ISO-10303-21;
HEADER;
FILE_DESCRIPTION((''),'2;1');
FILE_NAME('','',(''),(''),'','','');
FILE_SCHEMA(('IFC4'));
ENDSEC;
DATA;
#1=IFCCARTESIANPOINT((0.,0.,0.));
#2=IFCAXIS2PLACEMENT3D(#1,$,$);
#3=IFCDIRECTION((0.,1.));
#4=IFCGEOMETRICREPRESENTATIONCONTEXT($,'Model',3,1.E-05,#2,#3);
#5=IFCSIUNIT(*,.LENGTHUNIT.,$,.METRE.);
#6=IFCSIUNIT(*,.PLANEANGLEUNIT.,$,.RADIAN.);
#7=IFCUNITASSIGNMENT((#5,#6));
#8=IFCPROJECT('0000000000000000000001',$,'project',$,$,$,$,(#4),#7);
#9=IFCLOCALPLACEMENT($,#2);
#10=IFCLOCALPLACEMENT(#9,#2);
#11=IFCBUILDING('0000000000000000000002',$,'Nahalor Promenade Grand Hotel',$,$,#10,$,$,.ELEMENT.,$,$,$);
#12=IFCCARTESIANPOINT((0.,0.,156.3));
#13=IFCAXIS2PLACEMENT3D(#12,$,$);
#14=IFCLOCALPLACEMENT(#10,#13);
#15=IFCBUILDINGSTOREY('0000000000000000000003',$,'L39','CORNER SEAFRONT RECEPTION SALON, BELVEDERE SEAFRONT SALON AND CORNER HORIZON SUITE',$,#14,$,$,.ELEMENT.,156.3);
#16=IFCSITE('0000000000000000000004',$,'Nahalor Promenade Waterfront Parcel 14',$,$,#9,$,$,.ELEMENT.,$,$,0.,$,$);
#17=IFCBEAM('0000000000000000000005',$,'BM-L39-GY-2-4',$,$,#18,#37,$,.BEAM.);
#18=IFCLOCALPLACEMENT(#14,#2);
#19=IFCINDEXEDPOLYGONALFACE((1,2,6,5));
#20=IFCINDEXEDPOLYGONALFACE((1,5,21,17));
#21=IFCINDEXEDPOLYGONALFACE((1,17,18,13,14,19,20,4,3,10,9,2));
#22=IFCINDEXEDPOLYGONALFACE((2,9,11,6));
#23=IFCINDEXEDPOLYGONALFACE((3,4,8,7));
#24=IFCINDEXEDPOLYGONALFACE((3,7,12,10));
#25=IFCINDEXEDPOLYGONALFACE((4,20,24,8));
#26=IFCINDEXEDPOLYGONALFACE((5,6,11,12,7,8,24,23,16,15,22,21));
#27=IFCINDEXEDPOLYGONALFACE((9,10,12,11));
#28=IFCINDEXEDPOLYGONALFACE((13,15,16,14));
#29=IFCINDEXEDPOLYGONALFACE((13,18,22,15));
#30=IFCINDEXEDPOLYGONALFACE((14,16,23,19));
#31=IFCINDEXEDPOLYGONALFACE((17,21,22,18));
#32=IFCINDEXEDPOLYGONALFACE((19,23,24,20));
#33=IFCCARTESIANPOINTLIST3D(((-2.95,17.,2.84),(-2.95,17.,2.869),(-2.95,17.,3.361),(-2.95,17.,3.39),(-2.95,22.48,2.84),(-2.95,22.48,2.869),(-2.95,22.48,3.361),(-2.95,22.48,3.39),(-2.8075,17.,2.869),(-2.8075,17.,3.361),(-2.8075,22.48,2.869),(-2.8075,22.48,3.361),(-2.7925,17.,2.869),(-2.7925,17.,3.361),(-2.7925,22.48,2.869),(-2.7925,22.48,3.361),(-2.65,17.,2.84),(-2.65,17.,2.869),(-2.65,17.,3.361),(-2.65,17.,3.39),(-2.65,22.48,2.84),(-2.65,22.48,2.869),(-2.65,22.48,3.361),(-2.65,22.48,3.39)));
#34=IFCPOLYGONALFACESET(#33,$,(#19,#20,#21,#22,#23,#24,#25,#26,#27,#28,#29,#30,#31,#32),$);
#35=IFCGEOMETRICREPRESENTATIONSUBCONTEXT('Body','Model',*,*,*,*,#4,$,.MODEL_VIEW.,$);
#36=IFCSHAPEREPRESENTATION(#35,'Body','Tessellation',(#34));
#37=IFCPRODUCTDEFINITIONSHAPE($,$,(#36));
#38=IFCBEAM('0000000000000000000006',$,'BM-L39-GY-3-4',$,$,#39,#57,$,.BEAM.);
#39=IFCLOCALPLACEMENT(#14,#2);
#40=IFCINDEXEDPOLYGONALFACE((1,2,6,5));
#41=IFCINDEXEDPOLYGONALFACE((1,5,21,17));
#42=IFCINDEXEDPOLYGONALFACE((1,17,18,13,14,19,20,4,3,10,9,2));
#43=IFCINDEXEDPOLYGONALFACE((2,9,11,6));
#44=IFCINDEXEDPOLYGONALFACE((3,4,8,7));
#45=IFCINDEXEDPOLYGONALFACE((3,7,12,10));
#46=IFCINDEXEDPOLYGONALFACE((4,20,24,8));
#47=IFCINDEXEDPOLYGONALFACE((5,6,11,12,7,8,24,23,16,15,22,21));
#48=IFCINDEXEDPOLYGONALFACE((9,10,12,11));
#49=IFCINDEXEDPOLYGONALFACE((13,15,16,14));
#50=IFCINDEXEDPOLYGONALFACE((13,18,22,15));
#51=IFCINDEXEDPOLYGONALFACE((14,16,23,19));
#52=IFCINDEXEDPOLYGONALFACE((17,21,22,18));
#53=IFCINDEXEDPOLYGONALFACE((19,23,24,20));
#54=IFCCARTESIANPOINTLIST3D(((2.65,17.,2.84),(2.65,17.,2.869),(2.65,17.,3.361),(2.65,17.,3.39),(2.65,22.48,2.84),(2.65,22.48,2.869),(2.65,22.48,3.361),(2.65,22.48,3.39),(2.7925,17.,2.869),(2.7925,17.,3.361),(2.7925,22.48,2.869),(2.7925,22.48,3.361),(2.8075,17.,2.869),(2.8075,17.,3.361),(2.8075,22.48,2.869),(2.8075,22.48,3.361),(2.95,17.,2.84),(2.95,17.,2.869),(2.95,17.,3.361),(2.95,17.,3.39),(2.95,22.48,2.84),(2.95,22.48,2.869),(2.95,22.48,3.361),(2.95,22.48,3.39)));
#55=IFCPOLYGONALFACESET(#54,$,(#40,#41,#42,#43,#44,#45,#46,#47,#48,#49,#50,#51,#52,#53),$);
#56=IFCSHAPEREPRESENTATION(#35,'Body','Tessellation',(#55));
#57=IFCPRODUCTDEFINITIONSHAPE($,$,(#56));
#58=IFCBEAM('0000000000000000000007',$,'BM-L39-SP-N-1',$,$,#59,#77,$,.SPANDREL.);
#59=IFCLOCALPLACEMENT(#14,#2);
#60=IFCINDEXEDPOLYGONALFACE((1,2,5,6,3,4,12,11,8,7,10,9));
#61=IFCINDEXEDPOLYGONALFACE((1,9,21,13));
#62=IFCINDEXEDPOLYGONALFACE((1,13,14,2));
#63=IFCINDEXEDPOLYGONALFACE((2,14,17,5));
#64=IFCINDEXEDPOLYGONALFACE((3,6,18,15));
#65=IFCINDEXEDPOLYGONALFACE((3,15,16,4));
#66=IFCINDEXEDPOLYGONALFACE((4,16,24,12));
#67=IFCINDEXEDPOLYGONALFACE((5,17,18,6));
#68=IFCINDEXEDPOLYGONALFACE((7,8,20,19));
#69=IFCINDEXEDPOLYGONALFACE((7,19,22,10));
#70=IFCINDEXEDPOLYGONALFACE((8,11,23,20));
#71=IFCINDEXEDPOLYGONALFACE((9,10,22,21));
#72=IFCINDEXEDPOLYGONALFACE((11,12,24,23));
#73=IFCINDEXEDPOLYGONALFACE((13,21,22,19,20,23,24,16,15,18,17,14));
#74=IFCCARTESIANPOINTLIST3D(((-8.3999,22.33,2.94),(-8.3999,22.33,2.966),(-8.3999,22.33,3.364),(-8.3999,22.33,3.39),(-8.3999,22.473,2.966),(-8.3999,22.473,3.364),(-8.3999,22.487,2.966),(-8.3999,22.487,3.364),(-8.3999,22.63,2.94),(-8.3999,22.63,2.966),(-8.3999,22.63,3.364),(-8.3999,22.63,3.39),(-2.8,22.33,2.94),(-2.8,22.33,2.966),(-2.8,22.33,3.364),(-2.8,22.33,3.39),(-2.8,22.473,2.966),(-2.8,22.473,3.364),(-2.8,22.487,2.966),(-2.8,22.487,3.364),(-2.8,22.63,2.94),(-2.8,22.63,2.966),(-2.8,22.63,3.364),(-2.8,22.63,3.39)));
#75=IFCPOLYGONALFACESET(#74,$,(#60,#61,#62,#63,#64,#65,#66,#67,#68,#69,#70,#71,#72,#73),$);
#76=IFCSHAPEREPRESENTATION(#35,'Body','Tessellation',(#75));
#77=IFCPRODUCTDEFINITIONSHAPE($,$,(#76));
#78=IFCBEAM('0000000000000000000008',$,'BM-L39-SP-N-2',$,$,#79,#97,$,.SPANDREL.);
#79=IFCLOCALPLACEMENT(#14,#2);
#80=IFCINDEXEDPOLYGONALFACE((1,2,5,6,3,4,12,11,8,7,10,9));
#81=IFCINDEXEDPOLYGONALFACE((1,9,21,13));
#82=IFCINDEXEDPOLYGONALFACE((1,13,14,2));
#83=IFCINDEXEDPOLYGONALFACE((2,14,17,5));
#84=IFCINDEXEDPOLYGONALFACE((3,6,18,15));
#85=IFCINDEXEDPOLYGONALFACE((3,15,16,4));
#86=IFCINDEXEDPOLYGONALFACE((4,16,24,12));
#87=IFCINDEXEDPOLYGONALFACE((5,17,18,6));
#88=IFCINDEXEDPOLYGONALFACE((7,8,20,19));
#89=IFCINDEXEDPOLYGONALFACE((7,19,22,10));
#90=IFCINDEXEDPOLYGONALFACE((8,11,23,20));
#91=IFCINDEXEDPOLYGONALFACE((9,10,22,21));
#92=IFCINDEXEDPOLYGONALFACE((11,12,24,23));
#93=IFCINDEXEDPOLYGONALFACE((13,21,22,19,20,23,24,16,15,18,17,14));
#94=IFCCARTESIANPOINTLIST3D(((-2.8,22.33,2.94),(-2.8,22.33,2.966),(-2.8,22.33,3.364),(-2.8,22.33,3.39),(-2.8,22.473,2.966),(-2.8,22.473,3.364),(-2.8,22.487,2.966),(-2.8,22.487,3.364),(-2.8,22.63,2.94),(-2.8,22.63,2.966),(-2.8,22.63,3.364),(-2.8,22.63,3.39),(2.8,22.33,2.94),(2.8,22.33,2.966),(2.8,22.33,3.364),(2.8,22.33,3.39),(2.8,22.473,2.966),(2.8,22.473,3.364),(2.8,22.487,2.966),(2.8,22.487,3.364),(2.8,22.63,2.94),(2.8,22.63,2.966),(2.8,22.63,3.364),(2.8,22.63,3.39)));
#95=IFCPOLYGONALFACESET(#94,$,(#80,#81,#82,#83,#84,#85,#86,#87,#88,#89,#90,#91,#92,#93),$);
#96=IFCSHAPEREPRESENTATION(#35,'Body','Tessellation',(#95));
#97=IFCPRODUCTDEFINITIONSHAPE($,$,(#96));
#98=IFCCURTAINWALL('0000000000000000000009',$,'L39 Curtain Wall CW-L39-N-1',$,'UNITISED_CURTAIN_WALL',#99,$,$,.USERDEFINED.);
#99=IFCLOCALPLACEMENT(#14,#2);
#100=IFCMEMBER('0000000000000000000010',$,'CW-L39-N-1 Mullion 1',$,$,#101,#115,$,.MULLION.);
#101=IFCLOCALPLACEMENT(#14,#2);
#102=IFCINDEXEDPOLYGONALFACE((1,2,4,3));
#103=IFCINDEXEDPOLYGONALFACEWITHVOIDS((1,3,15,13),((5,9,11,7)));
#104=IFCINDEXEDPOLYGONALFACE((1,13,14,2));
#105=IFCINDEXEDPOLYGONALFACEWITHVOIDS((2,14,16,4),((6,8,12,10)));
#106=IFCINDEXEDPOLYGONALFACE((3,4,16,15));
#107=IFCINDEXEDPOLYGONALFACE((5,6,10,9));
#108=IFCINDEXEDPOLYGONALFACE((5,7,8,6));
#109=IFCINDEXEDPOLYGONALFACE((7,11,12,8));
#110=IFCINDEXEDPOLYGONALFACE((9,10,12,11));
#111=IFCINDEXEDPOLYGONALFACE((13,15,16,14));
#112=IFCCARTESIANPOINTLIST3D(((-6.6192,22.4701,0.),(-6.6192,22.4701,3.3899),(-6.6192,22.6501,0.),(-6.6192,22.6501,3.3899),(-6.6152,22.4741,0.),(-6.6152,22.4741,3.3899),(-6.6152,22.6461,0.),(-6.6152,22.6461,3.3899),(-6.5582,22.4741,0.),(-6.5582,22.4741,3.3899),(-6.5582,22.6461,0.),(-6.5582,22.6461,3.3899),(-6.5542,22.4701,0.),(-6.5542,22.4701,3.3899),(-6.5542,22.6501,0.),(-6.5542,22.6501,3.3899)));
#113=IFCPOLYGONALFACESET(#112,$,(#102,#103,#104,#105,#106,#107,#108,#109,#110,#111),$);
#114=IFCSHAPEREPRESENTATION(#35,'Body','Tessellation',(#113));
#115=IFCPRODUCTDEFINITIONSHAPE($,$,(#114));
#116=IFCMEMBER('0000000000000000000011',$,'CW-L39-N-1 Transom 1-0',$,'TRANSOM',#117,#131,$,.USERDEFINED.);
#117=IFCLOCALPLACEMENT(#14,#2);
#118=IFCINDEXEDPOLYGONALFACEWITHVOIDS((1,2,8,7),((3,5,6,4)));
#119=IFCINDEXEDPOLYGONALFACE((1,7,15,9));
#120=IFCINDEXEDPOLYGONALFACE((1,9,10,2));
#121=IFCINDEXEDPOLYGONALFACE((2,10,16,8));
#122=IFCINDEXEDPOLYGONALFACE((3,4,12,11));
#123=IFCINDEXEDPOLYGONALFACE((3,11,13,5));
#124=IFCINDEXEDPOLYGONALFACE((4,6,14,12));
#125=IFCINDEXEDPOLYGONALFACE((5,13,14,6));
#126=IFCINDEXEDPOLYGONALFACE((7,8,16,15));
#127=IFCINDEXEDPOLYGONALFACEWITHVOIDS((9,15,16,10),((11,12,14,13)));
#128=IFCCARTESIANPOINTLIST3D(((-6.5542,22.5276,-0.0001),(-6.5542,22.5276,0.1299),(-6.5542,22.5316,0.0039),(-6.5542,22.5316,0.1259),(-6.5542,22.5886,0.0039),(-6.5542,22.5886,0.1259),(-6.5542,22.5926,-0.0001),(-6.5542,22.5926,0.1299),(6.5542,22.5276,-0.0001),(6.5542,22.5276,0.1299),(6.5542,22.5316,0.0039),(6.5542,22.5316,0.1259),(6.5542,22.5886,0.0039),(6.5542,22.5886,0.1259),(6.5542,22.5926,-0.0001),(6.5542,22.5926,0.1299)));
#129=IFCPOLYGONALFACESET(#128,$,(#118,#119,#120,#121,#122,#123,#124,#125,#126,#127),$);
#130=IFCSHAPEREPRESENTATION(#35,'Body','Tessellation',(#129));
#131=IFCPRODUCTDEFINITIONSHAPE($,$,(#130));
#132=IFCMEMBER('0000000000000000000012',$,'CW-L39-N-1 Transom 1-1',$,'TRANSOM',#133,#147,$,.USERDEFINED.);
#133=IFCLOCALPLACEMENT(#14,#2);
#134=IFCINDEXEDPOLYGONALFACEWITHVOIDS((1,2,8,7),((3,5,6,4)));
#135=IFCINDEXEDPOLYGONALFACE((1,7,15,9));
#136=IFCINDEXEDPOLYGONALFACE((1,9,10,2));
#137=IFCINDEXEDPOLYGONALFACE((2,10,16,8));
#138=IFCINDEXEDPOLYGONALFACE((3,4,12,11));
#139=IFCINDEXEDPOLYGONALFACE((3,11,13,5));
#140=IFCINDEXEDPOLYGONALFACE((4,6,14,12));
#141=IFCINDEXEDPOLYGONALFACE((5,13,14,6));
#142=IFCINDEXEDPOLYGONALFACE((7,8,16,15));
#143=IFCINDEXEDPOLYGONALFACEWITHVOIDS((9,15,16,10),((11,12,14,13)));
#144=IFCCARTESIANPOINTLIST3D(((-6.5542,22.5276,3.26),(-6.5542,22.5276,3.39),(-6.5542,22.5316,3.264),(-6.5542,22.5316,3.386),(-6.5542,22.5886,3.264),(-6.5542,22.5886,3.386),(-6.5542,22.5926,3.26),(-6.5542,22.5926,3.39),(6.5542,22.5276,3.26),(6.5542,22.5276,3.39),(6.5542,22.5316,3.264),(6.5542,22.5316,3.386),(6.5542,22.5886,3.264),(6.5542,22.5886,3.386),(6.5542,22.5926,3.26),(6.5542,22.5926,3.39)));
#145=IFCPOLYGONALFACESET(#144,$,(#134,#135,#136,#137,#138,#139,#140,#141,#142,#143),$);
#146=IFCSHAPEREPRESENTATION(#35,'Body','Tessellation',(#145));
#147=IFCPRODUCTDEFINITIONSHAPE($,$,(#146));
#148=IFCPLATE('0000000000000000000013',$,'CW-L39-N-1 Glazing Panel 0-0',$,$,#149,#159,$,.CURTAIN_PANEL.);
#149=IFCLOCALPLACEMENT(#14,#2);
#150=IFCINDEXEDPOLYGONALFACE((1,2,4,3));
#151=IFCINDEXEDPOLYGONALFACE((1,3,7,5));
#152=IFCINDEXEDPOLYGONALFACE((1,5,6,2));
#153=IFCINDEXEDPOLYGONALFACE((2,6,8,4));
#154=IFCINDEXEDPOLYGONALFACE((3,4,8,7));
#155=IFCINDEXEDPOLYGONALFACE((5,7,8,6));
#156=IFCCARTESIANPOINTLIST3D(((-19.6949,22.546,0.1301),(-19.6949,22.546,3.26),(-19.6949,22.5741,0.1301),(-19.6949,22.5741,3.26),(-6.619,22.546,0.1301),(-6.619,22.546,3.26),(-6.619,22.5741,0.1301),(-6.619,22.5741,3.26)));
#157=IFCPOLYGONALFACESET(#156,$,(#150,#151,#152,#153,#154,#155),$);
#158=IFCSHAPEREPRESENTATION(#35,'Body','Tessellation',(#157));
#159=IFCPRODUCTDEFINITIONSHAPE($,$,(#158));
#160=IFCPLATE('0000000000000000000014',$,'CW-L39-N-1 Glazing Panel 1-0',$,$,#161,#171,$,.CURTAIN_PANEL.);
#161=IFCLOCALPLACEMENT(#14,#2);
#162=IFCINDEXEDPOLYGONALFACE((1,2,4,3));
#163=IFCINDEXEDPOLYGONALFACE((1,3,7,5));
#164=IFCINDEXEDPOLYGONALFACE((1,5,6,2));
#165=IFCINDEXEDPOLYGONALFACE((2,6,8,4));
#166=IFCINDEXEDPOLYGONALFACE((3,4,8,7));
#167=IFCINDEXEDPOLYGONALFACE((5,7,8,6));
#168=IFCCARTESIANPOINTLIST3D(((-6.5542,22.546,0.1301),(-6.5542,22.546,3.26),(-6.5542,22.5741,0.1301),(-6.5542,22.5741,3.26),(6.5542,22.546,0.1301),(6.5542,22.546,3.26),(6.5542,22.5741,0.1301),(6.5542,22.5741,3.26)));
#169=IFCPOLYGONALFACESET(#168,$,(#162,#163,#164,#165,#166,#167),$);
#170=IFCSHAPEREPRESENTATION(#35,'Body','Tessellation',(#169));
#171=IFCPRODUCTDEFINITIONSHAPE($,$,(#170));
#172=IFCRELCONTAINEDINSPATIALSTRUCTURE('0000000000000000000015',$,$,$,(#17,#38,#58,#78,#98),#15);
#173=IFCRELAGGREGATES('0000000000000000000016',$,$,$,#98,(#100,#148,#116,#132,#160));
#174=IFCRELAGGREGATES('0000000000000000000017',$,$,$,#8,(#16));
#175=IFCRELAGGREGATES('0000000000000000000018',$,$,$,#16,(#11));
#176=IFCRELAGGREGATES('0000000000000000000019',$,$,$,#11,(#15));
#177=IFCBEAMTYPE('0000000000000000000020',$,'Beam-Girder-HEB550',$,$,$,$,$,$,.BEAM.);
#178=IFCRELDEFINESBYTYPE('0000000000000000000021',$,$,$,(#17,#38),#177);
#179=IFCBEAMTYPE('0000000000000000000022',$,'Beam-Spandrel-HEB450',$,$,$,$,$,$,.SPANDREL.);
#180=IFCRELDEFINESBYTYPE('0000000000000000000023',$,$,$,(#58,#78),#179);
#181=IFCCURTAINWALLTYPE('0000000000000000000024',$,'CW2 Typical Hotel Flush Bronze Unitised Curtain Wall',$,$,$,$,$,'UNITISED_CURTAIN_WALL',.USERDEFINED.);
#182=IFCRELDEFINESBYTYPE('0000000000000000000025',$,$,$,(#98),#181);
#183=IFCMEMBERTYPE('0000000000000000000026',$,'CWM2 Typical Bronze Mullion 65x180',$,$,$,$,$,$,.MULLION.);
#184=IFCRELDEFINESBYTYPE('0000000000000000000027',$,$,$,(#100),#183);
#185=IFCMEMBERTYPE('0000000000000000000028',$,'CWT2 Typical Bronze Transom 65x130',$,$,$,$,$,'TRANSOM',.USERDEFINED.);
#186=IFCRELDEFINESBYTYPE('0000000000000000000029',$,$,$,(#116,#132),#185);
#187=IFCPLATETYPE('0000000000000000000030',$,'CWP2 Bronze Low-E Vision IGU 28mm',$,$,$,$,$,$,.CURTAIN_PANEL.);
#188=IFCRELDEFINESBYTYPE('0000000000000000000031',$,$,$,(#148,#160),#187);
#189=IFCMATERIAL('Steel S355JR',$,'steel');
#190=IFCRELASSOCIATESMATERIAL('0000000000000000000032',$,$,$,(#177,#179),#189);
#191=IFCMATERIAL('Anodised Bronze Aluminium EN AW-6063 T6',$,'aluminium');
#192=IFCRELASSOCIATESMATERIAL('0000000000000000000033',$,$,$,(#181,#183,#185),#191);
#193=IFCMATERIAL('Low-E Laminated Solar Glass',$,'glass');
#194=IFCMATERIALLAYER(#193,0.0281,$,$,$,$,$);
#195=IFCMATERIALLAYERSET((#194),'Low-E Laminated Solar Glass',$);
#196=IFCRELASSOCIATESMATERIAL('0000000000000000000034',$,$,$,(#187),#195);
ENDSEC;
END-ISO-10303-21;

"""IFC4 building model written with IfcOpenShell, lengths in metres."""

from ifc_helpers import new_model, si_unit, direction, frame, origin, origin_2d, place, context, subcontext, project, spatial, rectangle, hollow_rectangle, i_section, extrude, source, transform, mapped, material, layer, layer_set, material_profile, profile_set, type_object, element, aggregate, save


model = new_model("IFC4")

# Units and contexts
model_context = context("Model", 3, precision=1e-05, world=origin(), true_north=direction((0.0, 1.0)))
body_context = subcontext(model_context, "Body", "Model", "MODEL_VIEW")
ifc_project = project(units=[si_unit("LENGTHUNIT", "METRE"), si_unit("PLANEANGLEUNIT", "RADIAN")], contexts=[model_context])

# Site, building, storey
site_placement = place(None, origin())
site = spatial("IfcSite", under=ifc_project, at=site_placement, Name="Nahalor Promenade Waterfront Parcel 14", CompositionType="ELEMENT", RefElevation=0.0)
building_placement = place(site_placement, origin())
building = spatial("IfcBuilding", under=site, at=building_placement, Name="Nahalor Promenade Grand Hotel", CompositionType="ELEMENT")
storey_placement = place(building_placement, frame((0.0, 0.0, 156.3)))
storey = spatial("IfcBuildingStorey", under=building, at=storey_placement, Name="L39", Description="CORNER SEAFRONT RECEPTION SALON, BELVEDERE SEAFRONT SALON AND CORNER HORIZON SUITE", CompositionType="ELEMENT", Elevation=156.3)

# Beams
ifc_material_1 = material(Name="Steel S355JR", Category="steel")
ifc_material_profile_1 = material_profile(ifc_material_1, i_section(OverallWidth=0.3, OverallDepth=0.55, WebThickness=0.015, FlangeThickness=0.029, at=origin_2d()), Name="HEB 550")
ifc_profile_set_1 = profile_set([ifc_material_profile_1], Name="Steel S355JR")
beam_type_1 = type_object("IfcBeamType", Name="Beam-Girder-HEB550", PredefinedType="BEAM", material=ifc_profile_set_1)
shared_shape_1 = source(origin(), body_context, "Body", "SweptSolid", [
    extrude(i_section(OverallWidth=0.3, OverallDepth=0.55, WebThickness=0.015, FlangeThickness=0.029, at=origin_2d()), origin(), (0.0, 0.0, 1.0), 5.48),
])
for number, where, z_axis, x_axis, name in (
    (1, (-2.8, 17.0, 3.115), (0.0, 1.0, 0.0), (-1.0, 0.0, 0.0), "BM-L39-GY-2-4"),
    (2, (2.8, 17.0, 3.115), (0.0, 1.0, 0.0), (-1.0, 0.0, 0.0), "BM-L39-GY-3-4"),
):
    element("IfcBeam", number, at=place(storey_placement, frame(where, z_axis=z_axis, x_axis=x_axis)), inside=storey, type_object=beam_type_1, Name=name, PredefinedType="BEAM", context=body_context, shape_type="MappedRepresentation", body=[
        mapped(shared_shape_1, transform((0.0, 0.0, 0.0), scale=1.0)),
    ])
ifc_material_profile_2 = material_profile(ifc_material_1, i_section(OverallWidth=0.3, OverallDepth=0.45, WebThickness=0.014, FlangeThickness=0.026, at=origin_2d()), Name="HEB 450")
ifc_profile_set_2 = profile_set([ifc_material_profile_2], Name="Steel S355JR")
beam_type_2 = type_object("IfcBeamType", Name="Beam-Spandrel-HEB450", PredefinedType="SPANDREL", material=ifc_profile_set_2)
shared_shape_2 = source(origin(), body_context, "Body", "SweptSolid", [
    extrude(i_section(OverallWidth=0.3, OverallDepth=0.45, WebThickness=0.014, FlangeThickness=0.026, at=origin_2d()), origin(), (0.0, 0.0, 1.0), 5.5999),
])
beam_1_placement = place(storey_placement, frame((-8.3999, 22.48, 3.165), z_axis=(1.0, 0.0, 0.0), x_axis=(0.0, 1.0, 0.0)))
element("IfcBeam", 3, at=beam_1_placement, inside=storey, type_object=beam_type_2, Name="BM-L39-SP-N-1", PredefinedType="SPANDREL", context=body_context, shape_type="MappedRepresentation", body=[
    mapped(shared_shape_2, transform((0.0, 0.0, 0.0), scale=1.0)),
])
shared_shape_3 = source(origin(), body_context, "Body", "SweptSolid", [
    extrude(i_section(OverallWidth=0.3, OverallDepth=0.45, WebThickness=0.014, FlangeThickness=0.026, at=origin_2d()), origin(), (0.0, 0.0, 1.0), 5.6001),
])
beam_2_placement = place(storey_placement, frame((-2.8, 22.48, 3.165), z_axis=(1.0, 0.0, 0.0), x_axis=(0.0, 1.0, 0.0)))
element("IfcBeam", 4, at=beam_2_placement, inside=storey, type_object=beam_type_2, Name="BM-L39-SP-N-2", PredefinedType="SPANDREL", context=body_context, shape_type="MappedRepresentation", body=[
    mapped(shared_shape_3, transform((0.0, 0.0, 0.0), scale=1.0)),
])

# Curtain wall, members, plates
ifc_material_2 = material(Name="Anodised Bronze Aluminium EN AW-6063 T6", Category="aluminium")
curtain_wall_type = type_object("IfcCurtainWallType", Name="CW2 Typical Hotel Flush Bronze Unitised Curtain Wall", ElementType="UNITISED_CURTAIN_WALL", PredefinedType="USERDEFINED", material=ifc_material_2)
curtain_wall_placement = place(storey_placement, origin())
curtain_wall = element("IfcCurtainWall", 5, at=curtain_wall_placement, inside=storey, type_object=curtain_wall_type, Name="L39 Curtain Wall CW-L39-N-1", ObjectType="UNITISED_CURTAIN_WALL", PredefinedType="USERDEFINED")
ifc_material_profile_3 = material_profile(ifc_material_2, hollow_rectangle(XDim=0.065, YDim=0.18, WallThickness=0.004, at=origin_2d()), Name="CWM 65x180x4")
ifc_profile_set_3 = profile_set([ifc_material_profile_3], Name="Anodised Bronze Aluminium EN AW-6063 T6")
member_type_1 = type_object("IfcMemberType", Name="CWM2 Typical Bronze Mullion 65x180", PredefinedType="MULLION", material=ifc_profile_set_3)
shared_shape_4 = source(origin(), body_context, "Body", "SweptSolid", [
    extrude(hollow_rectangle(XDim=0.065, YDim=0.18, WallThickness=0.004, at=origin_2d()), origin(), (0.0, 0.0, 1.0), 3.3899),
])
member_1_placement = place(storey_placement, frame((-6.5867, 22.5601, 0.0), z_axis=(0.0, 0.0, 1.0), x_axis=(1.0, 0.0, 0.0)))
member_1 = element("IfcMember", 6, at=member_1_placement, type_object=member_type_1, Name="CW-L39-N-1 Mullion 1", PredefinedType="MULLION", context=body_context, shape_type="MappedRepresentation", body=[
    mapped(shared_shape_4, transform((0.0, 0.0, 0.0), scale=1.0)),
])
ifc_material_profile_4 = material_profile(ifc_material_2, hollow_rectangle(XDim=0.065, YDim=0.13, WallThickness=0.004, at=origin_2d()), Name="CWT 65x130x4")
ifc_profile_set_4 = profile_set([ifc_material_profile_4], Name="Anodised Bronze Aluminium EN AW-6063 T6")
member_type_2 = type_object("IfcMemberType", Name="CWT2 Typical Bronze Transom 65x130", ElementType="TRANSOM", PredefinedType="USERDEFINED", material=ifc_profile_set_4)
shared_shape_5 = source(origin(), body_context, "Body", "SweptSolid", [
    extrude(hollow_rectangle(XDim=0.065, YDim=0.13, WallThickness=0.004, at=origin_2d()), origin(), (0.0, 0.0, 1.0), 13.1084),
])
member_2_placement = place(storey_placement, frame((-6.5542, 22.5601, 0.0649), z_axis=(1.0, 0.0, 0.0), x_axis=(0.0, 1.0, 0.0)))
member_2 = element("IfcMember", 7, at=member_2_placement, type_object=member_type_2, Name="CW-L39-N-1 Transom 1-0", ObjectType="TRANSOM", PredefinedType="USERDEFINED", context=body_context, shape_type="MappedRepresentation", body=[
    mapped(shared_shape_5, transform((0.0, 0.0, 0.0), scale=1.0)),
])
member_3_placement = place(storey_placement, frame((-6.5542, 22.5601, 3.325), z_axis=(1.0, 0.0, 0.0), x_axis=(0.0, 1.0, 0.0)))
member_3 = element("IfcMember", 8, at=member_3_placement, type_object=member_type_2, Name="CW-L39-N-1 Transom 1-1", ObjectType="TRANSOM", PredefinedType="USERDEFINED", context=body_context, shape_type="MappedRepresentation", body=[
    mapped(shared_shape_5, transform((0.0, 0.0, 0.0), scale=1.0)),
])
ifc_material_3 = material(Name="Low-E Laminated Solar Glass", Category="glass")
ifc_layer_1 = layer(ifc_material_3, 0.0281)
ifc_layer_set_1 = layer_set([ifc_layer_1], Name="Low-E Laminated Solar Glass")
plate_type = type_object("IfcPlateType", Name="CWP2 Bronze Low-E Vision IGU 28mm", PredefinedType="CURTAIN_PANEL", material=ifc_layer_set_1)
shared_shape_6 = source(origin(), body_context, "Body", "SweptSolid", [
    extrude(rectangle(XDim=13.0759, YDim=0.0281, at=origin_2d()), origin(), (0.0, 0.0, 1.0), 3.1299),
])
plate_1_placement = place(storey_placement, frame((-13.157, 22.5601, 0.1301), z_axis=(0.0, 0.0, 1.0), x_axis=(1.0, 0.0, 0.0)))
plate_1 = element("IfcPlate", 9, at=plate_1_placement, type_object=plate_type, Name="CW-L39-N-1 Glazing Panel 0-0", PredefinedType="CURTAIN_PANEL", context=body_context, shape_type="MappedRepresentation", body=[
    mapped(shared_shape_6, transform((0.0, 0.0, 0.0), scale=1.0)),
])
shared_shape_7 = source(origin(), body_context, "Body", "SweptSolid", [
    extrude(rectangle(XDim=13.1084, YDim=0.0281, at=origin_2d()), origin(), (0.0, 0.0, 1.0), 3.1299),
])
plate_2_placement = place(storey_placement, frame((0.0, 22.5601, 0.1301), z_axis=(0.0, 0.0, 1.0), x_axis=(1.0, 0.0, 0.0)))
plate_2 = element("IfcPlate", 10, at=plate_2_placement, type_object=plate_type, Name="CW-L39-N-1 Glazing Panel 1-0", PredefinedType="CURTAIN_PANEL", context=body_context, shape_type="MappedRepresentation", body=[
    mapped(shared_shape_7, transform((0.0, 0.0, 0.0), scale=1.0)),
])
aggregate(curtain_wall, [member_1, plate_1, member_2, member_3, plate_2])

save(model, "model.ifc")
